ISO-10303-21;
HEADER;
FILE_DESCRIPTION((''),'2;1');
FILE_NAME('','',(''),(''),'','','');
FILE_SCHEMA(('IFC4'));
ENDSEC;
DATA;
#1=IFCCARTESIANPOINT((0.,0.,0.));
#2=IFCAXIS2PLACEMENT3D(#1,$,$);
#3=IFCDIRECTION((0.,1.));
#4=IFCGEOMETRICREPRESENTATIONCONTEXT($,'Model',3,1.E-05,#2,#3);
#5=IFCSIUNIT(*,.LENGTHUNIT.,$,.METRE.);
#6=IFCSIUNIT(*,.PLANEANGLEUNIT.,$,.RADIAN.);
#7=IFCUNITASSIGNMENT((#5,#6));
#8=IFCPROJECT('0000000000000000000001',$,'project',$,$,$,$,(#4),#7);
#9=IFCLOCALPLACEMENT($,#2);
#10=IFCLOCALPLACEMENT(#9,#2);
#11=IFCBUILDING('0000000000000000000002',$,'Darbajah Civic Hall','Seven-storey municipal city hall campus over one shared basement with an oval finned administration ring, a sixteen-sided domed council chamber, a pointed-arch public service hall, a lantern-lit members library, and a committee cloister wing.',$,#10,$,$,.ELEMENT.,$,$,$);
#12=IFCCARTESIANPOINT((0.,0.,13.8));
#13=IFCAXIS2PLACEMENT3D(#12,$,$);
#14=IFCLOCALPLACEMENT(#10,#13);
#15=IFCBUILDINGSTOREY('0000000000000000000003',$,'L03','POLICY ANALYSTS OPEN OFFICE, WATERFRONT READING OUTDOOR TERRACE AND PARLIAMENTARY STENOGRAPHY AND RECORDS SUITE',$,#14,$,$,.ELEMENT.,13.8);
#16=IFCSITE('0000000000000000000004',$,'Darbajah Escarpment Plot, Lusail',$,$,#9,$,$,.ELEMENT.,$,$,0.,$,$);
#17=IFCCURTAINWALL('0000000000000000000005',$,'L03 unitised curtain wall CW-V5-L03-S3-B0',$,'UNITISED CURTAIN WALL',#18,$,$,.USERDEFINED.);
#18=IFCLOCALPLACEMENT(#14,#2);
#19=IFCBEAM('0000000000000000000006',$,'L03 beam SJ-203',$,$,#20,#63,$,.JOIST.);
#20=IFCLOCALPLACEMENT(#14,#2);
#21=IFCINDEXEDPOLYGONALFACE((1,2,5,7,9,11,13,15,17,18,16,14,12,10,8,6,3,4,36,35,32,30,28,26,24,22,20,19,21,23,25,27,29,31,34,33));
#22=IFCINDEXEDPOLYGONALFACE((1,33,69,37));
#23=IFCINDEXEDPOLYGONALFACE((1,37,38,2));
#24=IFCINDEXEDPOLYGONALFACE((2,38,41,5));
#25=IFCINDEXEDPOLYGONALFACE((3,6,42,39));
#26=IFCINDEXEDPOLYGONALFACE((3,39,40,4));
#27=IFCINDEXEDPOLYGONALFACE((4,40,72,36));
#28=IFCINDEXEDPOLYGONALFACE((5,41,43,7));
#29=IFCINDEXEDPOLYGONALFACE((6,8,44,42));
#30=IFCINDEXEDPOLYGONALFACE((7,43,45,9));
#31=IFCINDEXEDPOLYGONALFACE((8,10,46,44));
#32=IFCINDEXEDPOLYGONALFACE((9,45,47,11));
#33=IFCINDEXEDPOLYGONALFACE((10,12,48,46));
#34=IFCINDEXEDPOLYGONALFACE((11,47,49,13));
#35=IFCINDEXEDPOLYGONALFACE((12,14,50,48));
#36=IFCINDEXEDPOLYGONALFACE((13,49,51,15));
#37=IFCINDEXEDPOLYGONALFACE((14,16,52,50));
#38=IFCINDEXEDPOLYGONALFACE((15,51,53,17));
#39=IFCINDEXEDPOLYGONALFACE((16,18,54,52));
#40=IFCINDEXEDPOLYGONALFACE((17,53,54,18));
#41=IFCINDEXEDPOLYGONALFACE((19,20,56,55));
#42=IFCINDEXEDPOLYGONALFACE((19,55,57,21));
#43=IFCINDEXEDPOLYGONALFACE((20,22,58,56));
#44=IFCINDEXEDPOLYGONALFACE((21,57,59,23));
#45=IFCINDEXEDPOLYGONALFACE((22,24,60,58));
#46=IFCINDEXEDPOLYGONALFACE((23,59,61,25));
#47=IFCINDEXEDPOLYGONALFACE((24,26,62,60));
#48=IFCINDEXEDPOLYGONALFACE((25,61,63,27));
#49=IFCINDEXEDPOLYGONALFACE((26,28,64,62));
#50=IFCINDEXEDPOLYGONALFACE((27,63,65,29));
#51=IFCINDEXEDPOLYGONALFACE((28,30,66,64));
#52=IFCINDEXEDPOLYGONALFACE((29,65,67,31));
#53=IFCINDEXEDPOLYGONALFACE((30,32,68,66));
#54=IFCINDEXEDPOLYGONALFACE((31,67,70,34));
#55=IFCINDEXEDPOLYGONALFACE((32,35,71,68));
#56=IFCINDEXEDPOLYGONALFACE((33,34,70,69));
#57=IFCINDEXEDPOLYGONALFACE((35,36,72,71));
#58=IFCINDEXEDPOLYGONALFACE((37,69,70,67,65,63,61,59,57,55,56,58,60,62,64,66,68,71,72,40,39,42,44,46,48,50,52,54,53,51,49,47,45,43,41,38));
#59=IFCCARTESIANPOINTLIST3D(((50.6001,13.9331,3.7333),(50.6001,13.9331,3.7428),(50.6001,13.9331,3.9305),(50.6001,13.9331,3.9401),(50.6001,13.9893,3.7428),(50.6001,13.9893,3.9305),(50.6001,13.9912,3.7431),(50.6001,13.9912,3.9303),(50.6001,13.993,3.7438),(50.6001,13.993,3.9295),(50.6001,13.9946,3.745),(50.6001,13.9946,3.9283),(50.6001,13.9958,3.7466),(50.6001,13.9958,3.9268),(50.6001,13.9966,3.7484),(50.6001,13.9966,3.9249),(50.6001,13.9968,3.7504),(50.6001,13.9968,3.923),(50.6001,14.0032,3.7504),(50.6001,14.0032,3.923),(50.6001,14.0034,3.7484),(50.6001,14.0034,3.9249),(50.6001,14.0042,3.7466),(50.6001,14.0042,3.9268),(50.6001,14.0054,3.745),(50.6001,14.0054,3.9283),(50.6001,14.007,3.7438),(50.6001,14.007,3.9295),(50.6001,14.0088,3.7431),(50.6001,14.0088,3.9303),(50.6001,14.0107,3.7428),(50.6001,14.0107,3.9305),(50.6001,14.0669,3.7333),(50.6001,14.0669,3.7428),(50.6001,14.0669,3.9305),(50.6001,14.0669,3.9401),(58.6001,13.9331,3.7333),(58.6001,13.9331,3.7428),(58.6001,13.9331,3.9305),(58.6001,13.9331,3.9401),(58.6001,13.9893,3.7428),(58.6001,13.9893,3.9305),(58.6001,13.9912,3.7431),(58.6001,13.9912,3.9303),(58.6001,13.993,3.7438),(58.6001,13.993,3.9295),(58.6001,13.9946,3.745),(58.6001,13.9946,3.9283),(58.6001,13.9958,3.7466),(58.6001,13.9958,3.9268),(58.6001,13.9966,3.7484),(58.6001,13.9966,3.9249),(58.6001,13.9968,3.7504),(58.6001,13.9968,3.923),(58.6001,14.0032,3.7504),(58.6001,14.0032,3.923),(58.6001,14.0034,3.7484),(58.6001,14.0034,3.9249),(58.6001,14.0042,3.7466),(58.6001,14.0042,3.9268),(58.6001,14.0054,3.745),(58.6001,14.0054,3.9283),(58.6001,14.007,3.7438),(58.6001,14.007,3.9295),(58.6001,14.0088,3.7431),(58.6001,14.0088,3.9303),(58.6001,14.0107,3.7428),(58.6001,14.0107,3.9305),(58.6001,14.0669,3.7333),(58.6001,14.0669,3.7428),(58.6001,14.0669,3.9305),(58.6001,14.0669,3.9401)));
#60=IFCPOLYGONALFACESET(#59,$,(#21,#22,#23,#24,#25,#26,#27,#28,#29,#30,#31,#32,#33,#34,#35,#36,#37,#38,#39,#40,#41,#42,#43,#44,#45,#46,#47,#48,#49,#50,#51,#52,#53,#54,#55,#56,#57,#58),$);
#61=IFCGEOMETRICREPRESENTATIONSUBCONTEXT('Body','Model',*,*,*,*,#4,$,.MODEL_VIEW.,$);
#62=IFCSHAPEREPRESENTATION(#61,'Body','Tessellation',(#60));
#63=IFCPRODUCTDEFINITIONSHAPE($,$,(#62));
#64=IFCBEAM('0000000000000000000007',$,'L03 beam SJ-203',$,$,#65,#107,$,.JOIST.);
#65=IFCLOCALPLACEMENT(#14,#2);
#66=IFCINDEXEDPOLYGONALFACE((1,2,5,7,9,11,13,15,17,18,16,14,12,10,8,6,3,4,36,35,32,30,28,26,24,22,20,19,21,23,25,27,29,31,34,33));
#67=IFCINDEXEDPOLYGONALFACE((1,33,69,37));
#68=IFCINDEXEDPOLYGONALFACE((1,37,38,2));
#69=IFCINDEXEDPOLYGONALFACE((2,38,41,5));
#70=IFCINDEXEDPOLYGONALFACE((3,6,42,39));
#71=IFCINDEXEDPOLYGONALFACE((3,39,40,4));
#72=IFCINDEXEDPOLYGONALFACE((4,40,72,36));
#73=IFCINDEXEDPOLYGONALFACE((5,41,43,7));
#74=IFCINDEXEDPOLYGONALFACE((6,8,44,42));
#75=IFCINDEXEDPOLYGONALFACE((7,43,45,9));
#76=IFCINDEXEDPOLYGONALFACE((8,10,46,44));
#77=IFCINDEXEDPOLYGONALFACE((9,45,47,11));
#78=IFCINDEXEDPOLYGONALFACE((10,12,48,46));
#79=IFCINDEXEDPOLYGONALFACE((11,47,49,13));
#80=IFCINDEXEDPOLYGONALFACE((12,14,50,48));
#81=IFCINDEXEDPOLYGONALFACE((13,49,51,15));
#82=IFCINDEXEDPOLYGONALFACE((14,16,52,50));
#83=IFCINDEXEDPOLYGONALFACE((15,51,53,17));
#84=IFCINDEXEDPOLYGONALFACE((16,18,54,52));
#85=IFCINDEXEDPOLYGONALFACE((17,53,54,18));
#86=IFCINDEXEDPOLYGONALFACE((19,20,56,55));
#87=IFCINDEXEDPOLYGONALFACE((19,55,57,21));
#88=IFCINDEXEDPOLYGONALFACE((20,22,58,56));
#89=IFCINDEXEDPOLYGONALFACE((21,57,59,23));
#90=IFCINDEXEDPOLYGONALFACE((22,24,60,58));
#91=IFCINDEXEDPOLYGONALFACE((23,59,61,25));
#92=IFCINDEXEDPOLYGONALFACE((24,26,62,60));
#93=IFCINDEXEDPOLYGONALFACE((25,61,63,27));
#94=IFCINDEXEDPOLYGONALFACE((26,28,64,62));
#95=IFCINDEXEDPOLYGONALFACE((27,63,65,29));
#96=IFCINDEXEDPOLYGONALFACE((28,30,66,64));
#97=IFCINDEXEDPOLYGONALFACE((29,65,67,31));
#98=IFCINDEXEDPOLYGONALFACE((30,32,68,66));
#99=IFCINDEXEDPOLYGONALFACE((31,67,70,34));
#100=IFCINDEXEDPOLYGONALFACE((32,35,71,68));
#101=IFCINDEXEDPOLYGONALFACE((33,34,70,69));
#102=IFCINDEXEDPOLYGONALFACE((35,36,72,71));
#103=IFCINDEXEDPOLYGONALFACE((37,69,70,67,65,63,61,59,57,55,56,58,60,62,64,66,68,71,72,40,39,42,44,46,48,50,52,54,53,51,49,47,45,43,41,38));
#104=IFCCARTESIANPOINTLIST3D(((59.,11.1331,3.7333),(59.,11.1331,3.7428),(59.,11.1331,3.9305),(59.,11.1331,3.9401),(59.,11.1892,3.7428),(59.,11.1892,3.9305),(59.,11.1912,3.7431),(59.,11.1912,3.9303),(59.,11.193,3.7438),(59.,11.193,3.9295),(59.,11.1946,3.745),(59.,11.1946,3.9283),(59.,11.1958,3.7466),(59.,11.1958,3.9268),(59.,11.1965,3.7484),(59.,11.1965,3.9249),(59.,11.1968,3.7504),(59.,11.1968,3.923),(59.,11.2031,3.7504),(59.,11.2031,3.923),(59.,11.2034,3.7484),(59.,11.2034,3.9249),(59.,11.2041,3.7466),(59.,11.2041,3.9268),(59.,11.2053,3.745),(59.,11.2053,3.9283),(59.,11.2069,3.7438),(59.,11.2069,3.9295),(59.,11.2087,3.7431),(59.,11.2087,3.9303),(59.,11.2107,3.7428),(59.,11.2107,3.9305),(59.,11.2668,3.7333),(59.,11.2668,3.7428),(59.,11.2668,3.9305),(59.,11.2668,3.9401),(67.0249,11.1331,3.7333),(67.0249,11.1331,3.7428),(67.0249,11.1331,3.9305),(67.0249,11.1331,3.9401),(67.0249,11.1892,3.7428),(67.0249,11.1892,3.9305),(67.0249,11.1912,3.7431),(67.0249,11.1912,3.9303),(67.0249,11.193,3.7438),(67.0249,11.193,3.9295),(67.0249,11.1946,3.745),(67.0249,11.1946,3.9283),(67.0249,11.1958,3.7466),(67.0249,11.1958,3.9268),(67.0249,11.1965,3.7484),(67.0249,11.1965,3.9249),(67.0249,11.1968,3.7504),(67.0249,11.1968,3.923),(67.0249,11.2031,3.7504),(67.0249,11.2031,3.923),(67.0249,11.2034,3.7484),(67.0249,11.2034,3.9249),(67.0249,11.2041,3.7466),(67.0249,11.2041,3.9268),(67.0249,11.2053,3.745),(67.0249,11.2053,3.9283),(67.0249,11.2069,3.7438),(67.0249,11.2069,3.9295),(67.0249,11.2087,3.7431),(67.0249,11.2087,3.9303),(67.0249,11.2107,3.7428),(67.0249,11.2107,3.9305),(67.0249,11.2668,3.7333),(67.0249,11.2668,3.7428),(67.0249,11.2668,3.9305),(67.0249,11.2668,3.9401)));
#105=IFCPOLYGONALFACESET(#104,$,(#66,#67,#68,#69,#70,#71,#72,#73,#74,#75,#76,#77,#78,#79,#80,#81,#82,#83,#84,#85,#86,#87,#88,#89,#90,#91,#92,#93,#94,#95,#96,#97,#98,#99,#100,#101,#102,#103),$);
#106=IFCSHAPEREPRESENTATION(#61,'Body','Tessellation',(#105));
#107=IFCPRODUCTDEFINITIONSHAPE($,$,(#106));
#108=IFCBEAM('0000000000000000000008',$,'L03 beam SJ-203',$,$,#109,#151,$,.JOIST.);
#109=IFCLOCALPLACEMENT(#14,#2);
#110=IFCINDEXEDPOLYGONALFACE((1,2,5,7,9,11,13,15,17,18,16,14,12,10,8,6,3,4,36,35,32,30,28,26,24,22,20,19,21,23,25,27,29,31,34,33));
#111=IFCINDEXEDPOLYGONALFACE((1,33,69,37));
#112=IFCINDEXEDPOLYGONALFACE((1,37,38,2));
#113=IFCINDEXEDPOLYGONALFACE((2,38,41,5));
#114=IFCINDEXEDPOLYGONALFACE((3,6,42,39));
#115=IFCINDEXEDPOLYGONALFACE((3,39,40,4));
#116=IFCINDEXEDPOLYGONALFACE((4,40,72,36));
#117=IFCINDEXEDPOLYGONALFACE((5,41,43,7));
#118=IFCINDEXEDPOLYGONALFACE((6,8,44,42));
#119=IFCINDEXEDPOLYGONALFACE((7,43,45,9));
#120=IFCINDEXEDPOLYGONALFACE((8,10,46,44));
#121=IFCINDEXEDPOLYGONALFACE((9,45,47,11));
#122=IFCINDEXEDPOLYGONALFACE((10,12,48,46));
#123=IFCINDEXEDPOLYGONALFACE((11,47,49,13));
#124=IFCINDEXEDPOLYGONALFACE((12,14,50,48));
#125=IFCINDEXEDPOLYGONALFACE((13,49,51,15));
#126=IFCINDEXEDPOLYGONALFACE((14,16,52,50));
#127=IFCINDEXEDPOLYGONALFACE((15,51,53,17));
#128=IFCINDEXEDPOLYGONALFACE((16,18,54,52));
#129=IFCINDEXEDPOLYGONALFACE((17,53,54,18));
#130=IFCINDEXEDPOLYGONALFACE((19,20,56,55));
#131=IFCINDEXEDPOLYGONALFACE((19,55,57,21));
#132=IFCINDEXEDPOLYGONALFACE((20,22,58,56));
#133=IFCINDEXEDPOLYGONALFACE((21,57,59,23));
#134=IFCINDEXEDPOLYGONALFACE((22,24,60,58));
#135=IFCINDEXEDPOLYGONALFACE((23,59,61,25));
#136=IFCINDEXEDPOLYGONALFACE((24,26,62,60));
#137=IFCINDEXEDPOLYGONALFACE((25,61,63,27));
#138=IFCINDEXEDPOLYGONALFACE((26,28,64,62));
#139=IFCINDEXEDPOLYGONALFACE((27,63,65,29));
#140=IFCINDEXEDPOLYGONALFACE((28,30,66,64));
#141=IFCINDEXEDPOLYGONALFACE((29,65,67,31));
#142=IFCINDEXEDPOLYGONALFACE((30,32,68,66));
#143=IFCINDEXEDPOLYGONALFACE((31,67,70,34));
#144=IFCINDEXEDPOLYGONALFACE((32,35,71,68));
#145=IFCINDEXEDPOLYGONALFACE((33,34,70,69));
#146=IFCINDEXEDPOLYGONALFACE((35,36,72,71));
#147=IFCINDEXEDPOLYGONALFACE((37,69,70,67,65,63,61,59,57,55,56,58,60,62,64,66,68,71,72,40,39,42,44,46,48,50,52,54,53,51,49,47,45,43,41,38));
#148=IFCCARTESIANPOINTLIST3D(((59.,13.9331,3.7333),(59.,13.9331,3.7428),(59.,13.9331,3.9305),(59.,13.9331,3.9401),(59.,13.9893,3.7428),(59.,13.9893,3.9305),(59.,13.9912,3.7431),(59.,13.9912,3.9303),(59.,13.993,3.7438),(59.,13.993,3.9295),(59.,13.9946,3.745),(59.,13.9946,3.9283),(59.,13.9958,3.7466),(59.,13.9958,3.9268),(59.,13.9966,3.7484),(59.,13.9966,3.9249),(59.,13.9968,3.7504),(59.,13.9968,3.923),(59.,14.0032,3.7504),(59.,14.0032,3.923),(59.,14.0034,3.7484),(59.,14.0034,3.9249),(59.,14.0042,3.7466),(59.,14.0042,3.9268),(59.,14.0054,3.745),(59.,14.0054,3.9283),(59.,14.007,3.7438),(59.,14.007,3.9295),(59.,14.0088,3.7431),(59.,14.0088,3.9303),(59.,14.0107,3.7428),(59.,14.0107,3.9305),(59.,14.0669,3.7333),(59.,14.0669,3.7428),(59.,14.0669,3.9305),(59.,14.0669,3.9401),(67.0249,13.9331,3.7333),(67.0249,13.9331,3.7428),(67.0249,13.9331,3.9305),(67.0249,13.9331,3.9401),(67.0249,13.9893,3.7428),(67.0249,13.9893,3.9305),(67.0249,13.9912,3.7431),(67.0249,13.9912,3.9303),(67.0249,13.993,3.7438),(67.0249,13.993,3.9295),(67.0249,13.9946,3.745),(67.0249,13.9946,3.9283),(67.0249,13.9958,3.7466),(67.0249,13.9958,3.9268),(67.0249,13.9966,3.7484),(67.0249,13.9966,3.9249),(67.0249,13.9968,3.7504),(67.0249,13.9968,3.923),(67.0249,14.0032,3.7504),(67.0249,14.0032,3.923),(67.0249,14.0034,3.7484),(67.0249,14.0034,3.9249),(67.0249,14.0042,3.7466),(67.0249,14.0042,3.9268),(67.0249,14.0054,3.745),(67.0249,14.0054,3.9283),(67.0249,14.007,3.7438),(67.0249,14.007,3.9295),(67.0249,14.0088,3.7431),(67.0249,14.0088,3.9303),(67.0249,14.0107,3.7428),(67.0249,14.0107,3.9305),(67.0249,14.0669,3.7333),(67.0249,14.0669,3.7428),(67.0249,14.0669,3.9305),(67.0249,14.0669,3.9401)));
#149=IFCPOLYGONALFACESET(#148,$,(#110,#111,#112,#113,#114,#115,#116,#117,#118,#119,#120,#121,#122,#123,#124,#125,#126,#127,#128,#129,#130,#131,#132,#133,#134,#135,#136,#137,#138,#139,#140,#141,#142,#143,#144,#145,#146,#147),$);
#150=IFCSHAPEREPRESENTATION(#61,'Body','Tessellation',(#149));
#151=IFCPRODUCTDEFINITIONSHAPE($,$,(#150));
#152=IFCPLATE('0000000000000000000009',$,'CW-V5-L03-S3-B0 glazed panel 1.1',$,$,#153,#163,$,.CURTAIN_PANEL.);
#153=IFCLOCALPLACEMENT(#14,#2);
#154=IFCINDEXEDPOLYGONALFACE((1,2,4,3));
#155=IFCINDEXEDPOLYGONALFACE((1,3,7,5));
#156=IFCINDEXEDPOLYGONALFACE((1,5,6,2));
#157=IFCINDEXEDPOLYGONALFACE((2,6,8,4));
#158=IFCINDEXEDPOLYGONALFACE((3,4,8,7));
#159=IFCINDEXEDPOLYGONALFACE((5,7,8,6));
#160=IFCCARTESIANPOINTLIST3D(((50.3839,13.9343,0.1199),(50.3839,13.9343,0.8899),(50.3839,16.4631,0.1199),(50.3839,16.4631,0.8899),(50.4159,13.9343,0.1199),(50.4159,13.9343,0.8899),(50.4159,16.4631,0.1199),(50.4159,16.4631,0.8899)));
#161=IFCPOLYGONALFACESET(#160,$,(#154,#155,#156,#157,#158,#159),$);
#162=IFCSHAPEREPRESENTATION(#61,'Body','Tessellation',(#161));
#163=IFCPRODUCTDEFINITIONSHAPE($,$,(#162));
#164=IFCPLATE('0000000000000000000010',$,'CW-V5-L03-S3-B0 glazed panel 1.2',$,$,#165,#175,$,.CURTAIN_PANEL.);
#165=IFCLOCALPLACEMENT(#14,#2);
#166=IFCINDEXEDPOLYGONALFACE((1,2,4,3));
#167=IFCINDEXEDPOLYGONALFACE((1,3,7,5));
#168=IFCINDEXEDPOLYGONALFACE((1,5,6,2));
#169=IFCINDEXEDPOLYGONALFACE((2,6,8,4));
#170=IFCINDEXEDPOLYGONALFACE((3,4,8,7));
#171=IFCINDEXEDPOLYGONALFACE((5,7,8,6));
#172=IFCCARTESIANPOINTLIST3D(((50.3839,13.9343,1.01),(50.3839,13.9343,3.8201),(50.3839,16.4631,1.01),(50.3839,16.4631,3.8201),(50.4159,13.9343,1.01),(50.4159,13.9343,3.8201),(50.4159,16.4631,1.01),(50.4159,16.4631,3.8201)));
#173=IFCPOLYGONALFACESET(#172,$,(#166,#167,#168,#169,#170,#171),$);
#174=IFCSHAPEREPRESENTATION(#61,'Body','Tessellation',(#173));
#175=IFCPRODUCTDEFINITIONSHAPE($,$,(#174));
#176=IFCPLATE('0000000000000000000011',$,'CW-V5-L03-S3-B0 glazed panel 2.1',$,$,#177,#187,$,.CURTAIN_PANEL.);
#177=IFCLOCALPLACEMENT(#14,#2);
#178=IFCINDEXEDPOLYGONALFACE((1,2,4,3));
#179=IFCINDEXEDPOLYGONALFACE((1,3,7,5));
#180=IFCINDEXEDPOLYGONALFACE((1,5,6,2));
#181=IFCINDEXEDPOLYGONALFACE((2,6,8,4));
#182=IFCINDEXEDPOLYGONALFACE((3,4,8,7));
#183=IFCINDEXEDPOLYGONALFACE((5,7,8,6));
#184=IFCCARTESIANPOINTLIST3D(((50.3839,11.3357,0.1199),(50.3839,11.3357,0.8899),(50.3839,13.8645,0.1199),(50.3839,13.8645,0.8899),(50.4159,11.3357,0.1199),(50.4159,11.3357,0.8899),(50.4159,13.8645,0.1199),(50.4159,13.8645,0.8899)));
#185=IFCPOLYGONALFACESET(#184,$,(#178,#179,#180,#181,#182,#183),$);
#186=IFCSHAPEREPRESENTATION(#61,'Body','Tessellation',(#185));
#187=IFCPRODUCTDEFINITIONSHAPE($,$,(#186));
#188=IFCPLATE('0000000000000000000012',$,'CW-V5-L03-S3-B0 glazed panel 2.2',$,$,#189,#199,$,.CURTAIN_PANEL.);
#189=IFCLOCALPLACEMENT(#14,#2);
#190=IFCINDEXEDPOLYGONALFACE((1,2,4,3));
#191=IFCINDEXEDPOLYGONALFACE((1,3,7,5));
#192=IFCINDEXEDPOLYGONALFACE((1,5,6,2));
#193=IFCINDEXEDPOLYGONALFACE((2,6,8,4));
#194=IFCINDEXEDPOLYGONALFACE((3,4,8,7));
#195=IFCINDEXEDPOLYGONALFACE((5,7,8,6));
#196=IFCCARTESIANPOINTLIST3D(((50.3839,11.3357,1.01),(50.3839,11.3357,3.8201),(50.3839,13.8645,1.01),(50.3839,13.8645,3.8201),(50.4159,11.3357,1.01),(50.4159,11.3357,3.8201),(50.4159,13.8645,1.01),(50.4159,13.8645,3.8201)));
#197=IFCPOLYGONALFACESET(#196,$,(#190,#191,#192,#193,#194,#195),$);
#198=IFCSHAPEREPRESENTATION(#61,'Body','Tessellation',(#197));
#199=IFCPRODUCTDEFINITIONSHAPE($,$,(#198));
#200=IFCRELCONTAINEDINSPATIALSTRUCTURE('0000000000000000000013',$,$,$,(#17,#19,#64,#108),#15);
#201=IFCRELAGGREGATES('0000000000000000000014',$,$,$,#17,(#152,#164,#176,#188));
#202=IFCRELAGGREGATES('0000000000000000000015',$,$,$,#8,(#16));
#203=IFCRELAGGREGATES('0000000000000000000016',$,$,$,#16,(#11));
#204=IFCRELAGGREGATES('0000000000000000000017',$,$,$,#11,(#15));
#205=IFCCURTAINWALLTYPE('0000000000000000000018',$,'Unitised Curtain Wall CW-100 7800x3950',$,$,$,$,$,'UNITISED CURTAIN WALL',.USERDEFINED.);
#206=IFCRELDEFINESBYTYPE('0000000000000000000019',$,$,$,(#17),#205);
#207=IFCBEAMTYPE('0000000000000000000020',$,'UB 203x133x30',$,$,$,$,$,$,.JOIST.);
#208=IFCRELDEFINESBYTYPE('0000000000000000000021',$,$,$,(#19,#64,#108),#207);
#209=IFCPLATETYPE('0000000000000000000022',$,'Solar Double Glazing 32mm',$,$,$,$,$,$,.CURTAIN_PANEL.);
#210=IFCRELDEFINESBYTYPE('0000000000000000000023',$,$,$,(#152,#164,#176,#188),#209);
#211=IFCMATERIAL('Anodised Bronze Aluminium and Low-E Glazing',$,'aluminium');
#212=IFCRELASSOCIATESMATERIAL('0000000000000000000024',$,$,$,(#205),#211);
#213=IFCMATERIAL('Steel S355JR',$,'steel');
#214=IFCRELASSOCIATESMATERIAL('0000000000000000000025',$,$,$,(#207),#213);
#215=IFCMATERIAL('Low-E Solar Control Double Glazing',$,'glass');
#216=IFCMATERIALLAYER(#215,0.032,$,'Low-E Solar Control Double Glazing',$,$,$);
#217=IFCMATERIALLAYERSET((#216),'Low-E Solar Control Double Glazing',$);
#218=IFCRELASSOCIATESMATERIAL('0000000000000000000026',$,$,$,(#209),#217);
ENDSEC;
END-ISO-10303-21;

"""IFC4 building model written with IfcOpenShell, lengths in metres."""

from ifc_helpers import new_model, si_unit, direction, frame, origin, origin_2d, place, context, subcontext, project, spatial, rectangle, i_section, extrude, material, layer, layer_set, material_profile, profile_set, type_object, element, aggregate, save


model = new_model("IFC4")

# Units and contexts
model_context = context("Model", 3, precision=1e-05, world=origin(), true_north=direction((0.0, 1.0)))
body_context = subcontext(model_context, "Body", "Model", "MODEL_VIEW")
ifc_project = project(units=[si_unit("LENGTHUNIT", "METRE"), si_unit("PLANEANGLEUNIT", "RADIAN")], contexts=[model_context])

# Site, building, storey
site_placement = place(None, origin())
site = spatial("IfcSite", under=ifc_project, at=site_placement, Name="Darbajah Escarpment Plot, Lusail", CompositionType="ELEMENT", RefElevation=0.0)
building_placement = place(site_placement, origin())
building = spatial("IfcBuilding", under=site, at=building_placement, Name="Darbajah Civic Hall", Description="Seven-storey municipal city hall campus over one shared basement with an oval finned administration ring, a sixteen-sided domed council chamber, a pointed-arch public service hall, a lantern-lit members library, and a committee cloister wing.", CompositionType="ELEMENT")
storey_placement = place(building_placement, frame((0.0, 0.0, 13.8)))
storey = spatial("IfcBuildingStorey", under=building, at=storey_placement, Name="L03", Description="POLICY ANALYSTS OPEN OFFICE, WATERFRONT READING OUTDOOR TERRACE AND PARLIAMENTARY STENOGRAPHY AND RECORDS SUITE", CompositionType="ELEMENT", Elevation=13.8)

# Curtain wall
ifc_material_1 = material(Name="Anodised Bronze Aluminium and Low-E Glazing", Category="aluminium")
curtain_wall_type = type_object("IfcCurtainWallType", Name="Unitised Curtain Wall CW-100 7800x3950", ElementType="UNITISED CURTAIN WALL", PredefinedType="USERDEFINED", material=ifc_material_1)
curtain_wall_placement = place(storey_placement, origin())
curtain_wall = element("IfcCurtainWall", 1, at=curtain_wall_placement, inside=storey, type_object=curtain_wall_type, Name="L03 unitised curtain wall CW-V5-L03-S3-B0", ObjectType="UNITISED CURTAIN WALL", PredefinedType="USERDEFINED")

# Beams
ifc_material_2 = material(Name="Steel S355JR", Category="steel")
ifc_material_profile_1 = material_profile(ifc_material_2, i_section(OverallWidth=0.1338, OverallDepth=0.2068, WebThickness=0.0063, FlangeThickness=0.0095, FilletRadius=0.0076, at=origin_2d()), Name="UB 203x133x30")
ifc_profile_set_1 = profile_set([ifc_material_profile_1], Name="Steel S355JR")
beam_type_1 = type_object("IfcBeamType", Name="UB 203x133x30", PredefinedType="JOIST", material=ifc_profile_set_1)
for number, where, z_axis, x_axis, name in (
    (2, (50.6001, 14.0, 3.8367), (1.0, 0.0, 0.0), (0.0, 1.0, 0.0), "L03 beam SJ-203"),
):
    element("IfcBeam", number, at=place(storey_placement, frame(where, z_axis=z_axis, x_axis=x_axis)), inside=storey, type_object=beam_type_1, Name=name, PredefinedType="JOIST", context=body_context, shape_type="SweptSolid", body=[
        extrude(i_section(OverallWidth=0.1338, OverallDepth=0.2068, WebThickness=0.0063, FlangeThickness=0.0095, FilletRadius=0.0076, at=origin_2d()), origin(), (0.0, 0.0, 1.0), 8.0),
    ])
for number, where, z_axis, x_axis, name in (
    (3, (59.0, 11.2, 3.8367), (1.0, 0.0, 0.0), (0.0, 1.0, 0.0), "L03 beam SJ-203"),
    (4, (59.0, 14.0, 3.8367), (1.0, 0.0, 0.0), (0.0, 1.0, 0.0), "L03 beam SJ-203"),
):
    element("IfcBeam", number, at=place(storey_placement, frame(where, z_axis=z_axis, x_axis=x_axis)), inside=storey, type_object=beam_type_1, Name=name, PredefinedType="JOIST", context=body_context, shape_type="SweptSolid", body=[
        extrude(i_section(OverallWidth=0.1338, OverallDepth=0.2068, WebThickness=0.0063, FlangeThickness=0.0095, FilletRadius=0.0076, at=origin_2d()), origin(), (0.0, 0.0, 1.0), 8.0249),
    ])

# Plates
ifc_material_3 = material(Name="Low-E Solar Control Double Glazing", Category="glass")
ifc_layer = layer(ifc_material_3, 0.032, Name="Low-E Solar Control Double Glazing")
ifc_layer_set = layer_set([ifc_layer], Name="Low-E Solar Control Double Glazing")
plate_type = type_object("IfcPlateType", Name="Solar Double Glazing 32mm", PredefinedType="CURTAIN_PANEL", material=ifc_layer_set)
plate_1_placement = place(storey_placement, frame((50.3999, 15.1987, 0.1199), z_axis=(0.0, 0.0, 1.0), x_axis=(0.0, -1.0, 0.0)))
plate_1 = element("IfcPlate", 5, at=plate_1_placement, type_object=plate_type, Name="CW-V5-L03-S3-B0 glazed panel 1.1", PredefinedType="CURTAIN_PANEL", context=body_context, shape_type="SweptSolid", body=[
    extrude(rectangle(XDim=2.5288, YDim=0.032, at=origin_2d()), origin(), (0.0, 0.0, 1.0), 0.77),
])
plate_2_placement = place(storey_placement, frame((50.3999, 15.1987, 1.01), z_axis=(0.0, 0.0, 1.0), x_axis=(0.0, -1.0, 0.0)))
plate_2 = element("IfcPlate", 6, at=plate_2_placement, type_object=plate_type, Name="CW-V5-L03-S3-B0 glazed panel 1.2", PredefinedType="CURTAIN_PANEL", context=body_context, shape_type="SweptSolid", body=[
    extrude(rectangle(XDim=2.5288, YDim=0.032, at=origin_2d()), origin(), (0.0, 0.0, 1.0), 2.8101),
])
plate_3_placement = place(storey_placement, frame((50.3999, 12.6001, 0.1199), z_axis=(0.0, 0.0, 1.0), x_axis=(0.0, -1.0, 0.0)))
plate_3 = element("IfcPlate", 7, at=plate_3_placement, type_object=plate_type, Name="CW-V5-L03-S3-B0 glazed panel 2.1", PredefinedType="CURTAIN_PANEL", context=body_context, shape_type="SweptSolid", body=[
    extrude(rectangle(XDim=2.5288, YDim=0.032, at=origin_2d()), origin(), (0.0, 0.0, 1.0), 0.77),
])
plate_4_placement = place(storey_placement, frame((50.3999, 12.6001, 1.01), z_axis=(0.0, 0.0, 1.0), x_axis=(0.0, -1.0, 0.0)))
plate_4 = element("IfcPlate", 8, at=plate_4_placement, type_object=plate_type, Name="CW-V5-L03-S3-B0 glazed panel 2.2", PredefinedType="CURTAIN_PANEL", context=body_context, shape_type="SweptSolid", body=[
    extrude(rectangle(XDim=2.5288, YDim=0.032, at=origin_2d()), origin(), (0.0, 0.0, 1.0), 2.8101),
])
aggregate(curtain_wall, [plate_1, plate_2, plate_3, plate_4])

save(model, "model.ifc")
